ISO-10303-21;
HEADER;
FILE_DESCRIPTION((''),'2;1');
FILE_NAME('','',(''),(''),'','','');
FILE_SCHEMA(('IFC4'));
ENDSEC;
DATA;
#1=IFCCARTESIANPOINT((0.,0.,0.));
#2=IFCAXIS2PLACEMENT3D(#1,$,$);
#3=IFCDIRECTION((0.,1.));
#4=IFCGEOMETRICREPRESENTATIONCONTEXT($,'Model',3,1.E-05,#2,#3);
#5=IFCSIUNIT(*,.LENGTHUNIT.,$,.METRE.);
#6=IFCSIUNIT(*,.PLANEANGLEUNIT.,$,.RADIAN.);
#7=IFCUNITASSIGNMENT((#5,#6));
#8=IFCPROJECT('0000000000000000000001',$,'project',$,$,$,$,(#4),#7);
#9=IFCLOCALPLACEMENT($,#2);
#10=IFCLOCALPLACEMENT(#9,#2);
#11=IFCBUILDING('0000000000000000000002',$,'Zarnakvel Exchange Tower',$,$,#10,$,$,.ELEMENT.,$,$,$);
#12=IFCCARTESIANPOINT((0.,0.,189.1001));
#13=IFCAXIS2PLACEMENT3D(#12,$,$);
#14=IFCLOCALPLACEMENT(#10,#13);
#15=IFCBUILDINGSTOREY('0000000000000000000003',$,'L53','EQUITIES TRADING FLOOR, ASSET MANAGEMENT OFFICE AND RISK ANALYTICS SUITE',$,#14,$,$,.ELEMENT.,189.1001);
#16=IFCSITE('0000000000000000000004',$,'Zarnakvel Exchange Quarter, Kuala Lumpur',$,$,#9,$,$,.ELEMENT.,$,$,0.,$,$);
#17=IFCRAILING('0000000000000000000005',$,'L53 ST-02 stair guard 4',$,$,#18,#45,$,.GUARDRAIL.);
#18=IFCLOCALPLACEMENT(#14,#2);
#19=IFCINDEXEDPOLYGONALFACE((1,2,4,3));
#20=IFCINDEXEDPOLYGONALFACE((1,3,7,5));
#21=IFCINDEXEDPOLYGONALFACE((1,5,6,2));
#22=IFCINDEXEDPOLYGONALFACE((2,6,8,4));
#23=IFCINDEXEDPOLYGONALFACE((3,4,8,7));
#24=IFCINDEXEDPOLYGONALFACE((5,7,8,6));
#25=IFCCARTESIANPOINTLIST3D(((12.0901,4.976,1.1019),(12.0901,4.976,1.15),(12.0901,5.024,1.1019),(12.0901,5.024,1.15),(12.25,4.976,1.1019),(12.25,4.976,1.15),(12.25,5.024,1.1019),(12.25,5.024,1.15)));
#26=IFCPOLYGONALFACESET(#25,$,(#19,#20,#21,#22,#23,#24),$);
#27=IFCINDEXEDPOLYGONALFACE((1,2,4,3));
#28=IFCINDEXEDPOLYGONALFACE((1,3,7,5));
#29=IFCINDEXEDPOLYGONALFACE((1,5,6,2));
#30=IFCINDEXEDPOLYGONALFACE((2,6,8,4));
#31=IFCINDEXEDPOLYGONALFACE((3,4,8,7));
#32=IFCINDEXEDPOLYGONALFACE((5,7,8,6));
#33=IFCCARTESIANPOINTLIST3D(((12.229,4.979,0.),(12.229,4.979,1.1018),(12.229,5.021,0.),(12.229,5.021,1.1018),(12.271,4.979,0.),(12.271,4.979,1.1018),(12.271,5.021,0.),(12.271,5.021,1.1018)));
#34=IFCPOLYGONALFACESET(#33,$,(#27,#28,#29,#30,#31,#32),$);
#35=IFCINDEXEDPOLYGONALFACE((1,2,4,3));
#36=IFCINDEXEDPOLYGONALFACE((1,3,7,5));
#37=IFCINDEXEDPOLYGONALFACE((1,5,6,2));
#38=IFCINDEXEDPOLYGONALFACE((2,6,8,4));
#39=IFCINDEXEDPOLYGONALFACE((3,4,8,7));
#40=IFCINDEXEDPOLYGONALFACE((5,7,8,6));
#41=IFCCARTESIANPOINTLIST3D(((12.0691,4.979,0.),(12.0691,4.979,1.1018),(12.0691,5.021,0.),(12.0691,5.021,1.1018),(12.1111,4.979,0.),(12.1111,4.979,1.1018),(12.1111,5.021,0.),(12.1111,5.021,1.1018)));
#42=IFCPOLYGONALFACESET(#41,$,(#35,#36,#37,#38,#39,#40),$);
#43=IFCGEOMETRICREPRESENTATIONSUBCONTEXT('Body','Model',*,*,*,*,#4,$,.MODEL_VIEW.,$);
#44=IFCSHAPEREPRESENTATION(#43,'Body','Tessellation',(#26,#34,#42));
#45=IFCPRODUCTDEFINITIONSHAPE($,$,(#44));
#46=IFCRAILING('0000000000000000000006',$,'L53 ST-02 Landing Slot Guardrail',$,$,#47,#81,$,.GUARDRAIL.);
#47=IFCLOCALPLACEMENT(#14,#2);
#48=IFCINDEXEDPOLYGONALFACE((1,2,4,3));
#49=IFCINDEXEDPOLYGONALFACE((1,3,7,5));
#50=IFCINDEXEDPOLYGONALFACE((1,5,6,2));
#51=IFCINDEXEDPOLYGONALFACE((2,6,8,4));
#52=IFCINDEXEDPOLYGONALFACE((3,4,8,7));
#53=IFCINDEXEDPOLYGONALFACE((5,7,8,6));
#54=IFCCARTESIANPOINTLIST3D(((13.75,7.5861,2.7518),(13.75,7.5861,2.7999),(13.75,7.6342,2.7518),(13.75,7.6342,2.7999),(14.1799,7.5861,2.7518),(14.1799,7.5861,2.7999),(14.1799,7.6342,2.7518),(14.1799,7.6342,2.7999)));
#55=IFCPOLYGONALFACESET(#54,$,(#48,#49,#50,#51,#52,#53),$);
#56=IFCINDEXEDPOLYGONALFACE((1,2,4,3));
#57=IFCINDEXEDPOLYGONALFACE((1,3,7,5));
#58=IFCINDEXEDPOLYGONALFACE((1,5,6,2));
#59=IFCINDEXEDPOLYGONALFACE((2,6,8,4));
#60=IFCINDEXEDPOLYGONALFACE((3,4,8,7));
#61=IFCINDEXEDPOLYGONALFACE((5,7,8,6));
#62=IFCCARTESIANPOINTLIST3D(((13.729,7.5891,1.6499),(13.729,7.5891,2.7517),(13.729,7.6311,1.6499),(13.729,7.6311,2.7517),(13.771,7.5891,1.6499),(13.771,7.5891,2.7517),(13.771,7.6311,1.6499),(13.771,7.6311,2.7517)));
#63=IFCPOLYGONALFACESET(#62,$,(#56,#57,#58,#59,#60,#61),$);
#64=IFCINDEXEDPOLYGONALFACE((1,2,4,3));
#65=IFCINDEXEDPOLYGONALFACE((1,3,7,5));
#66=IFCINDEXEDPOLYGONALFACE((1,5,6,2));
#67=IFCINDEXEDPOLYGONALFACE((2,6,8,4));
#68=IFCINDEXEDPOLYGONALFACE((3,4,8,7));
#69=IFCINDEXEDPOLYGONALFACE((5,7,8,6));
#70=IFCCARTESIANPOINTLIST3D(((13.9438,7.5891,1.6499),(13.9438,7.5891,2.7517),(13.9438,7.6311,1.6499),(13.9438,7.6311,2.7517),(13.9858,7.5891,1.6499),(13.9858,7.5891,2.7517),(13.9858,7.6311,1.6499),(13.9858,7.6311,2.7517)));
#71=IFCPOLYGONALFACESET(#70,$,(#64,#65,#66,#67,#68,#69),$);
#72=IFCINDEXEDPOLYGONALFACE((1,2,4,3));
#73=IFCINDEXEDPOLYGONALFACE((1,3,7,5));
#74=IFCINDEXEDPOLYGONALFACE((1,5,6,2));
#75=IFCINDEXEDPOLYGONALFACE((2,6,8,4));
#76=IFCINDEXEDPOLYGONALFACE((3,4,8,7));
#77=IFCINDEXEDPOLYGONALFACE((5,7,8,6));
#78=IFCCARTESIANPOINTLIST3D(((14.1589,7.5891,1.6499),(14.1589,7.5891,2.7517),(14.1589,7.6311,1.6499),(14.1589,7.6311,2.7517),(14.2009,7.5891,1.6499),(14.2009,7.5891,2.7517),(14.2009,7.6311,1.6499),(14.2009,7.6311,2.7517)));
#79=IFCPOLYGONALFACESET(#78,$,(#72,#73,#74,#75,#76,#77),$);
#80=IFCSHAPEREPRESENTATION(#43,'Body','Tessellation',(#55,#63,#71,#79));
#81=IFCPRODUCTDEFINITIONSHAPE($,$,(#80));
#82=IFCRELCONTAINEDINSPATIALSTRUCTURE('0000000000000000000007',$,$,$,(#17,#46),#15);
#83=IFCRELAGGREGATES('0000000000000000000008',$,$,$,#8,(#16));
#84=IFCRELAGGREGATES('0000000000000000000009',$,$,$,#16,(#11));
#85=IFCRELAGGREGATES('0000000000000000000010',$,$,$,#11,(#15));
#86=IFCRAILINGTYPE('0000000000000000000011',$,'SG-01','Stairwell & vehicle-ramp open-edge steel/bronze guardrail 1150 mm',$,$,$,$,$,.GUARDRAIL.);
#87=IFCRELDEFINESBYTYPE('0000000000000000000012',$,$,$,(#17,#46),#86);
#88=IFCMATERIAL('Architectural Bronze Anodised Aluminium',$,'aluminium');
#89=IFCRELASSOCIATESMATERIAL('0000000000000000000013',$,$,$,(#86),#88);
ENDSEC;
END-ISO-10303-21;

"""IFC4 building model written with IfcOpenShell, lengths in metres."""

from ifc_helpers import new_model, si_unit, direction, frame, origin, origin_2d, place, context, subcontext, project, spatial, rectangle, extrude, material, type_object, element, save


model = new_model("IFC4")

# Units and contexts
model_context = context("Model", 3, precision=1e-05, world=origin(), true_north=direction((0.0, 1.0)))
body_context = subcontext(model_context, "Body", "Model", "MODEL_VIEW")
ifc_project = project(units=[si_unit("LENGTHUNIT", "METRE"), si_unit("PLANEANGLEUNIT", "RADIAN")], contexts=[model_context])

# Site, building, storey
site_placement = place(None, origin())
site = spatial("IfcSite", under=ifc_project, at=site_placement, Name="Zarnakvel Exchange Quarter, Kuala Lumpur", CompositionType="ELEMENT", RefElevation=0.0)
building_placement = place(site_placement, origin())
building = spatial("IfcBuilding", under=site, at=building_placement, Name="Zarnakvel Exchange Tower", CompositionType="ELEMENT")
storey_placement = place(building_placement, frame((0.0, 0.0, 189.1001)))
storey = spatial("IfcBuildingStorey", under=building, at=storey_placement, Name="L53", Description="EQUITIES TRADING FLOOR, ASSET MANAGEMENT OFFICE AND RISK ANALYTICS SUITE", CompositionType="ELEMENT", Elevation=189.1001)

# Shared definitions
ifc_material_1 = material(Name="Architectural Bronze Anodised Aluminium", Category="aluminium")

# Railings
railing_type_1 = type_object("IfcRailingType", Name="SG-01", Description="Stairwell & vehicle-ramp open-edge steel/bronze guardrail 1150 mm", PredefinedType="GUARDRAIL", material=ifc_material_1)
railing_1_placement = place(storey_placement, frame((12.25, 5.0, 0.0)))
element("IfcRailing", 1, at=railing_1_placement, inside=storey, type_object=railing_type_1, Name="L53 ST-02 stair guard 4", PredefinedType="GUARDRAIL", context=body_context, shape_type="SweptSolid", body=[
    extrude(rectangle(XDim=0.0481, YDim=0.0481, at=origin_2d()), frame((0.0, 0.0, 1.126), z_axis=(-1.0, 0.0, 0.0), x_axis=(0.0, -1.0, 0.0)), (0.0, 0.0, 1.0), 0.1599),
    extrude(rectangle(XDim=0.042, YDim=0.042, at=origin_2d()), origin(), (0.0, 0.0, 1.0), 1.1018),
    extrude(rectangle(XDim=0.042, YDim=0.042, at=origin_2d()), frame((-0.1599, 0.0, 0.0)), (0.0, 0.0, 1.0), 1.1018),
])
railing_2_placement = place(storey_placement, frame((13.75, 7.6101, 1.6499)))
element("IfcRailing", 2, at=railing_2_placement, inside=storey, type_object=railing_type_1, Name="L53 ST-02 Landing Slot Guardrail", PredefinedType="GUARDRAIL", context=body_context, shape_type="SweptSolid", body=[
    extrude(rectangle(XDim=0.0481, YDim=0.0481, at=origin_2d()), frame((0.0, 0.0, 1.126), z_axis=(1.0, 0.0, 0.0), x_axis=(0.0, 1.0, 0.0)), (0.0, 0.0, 1.0), 0.4299),
    extrude(rectangle(XDim=0.042, YDim=0.042, at=origin_2d()), origin(), (0.0, 0.0, 1.0), 1.1018),
    extrude(rectangle(XDim=0.042, YDim=0.042, at=origin_2d()), frame((0.2148, 0.0, 0.0)), (0.0, 0.0, 1.0), 1.1018),
    extrude(rectangle(XDim=0.042, YDim=0.042, at=origin_2d()), frame((0.4299, 0.0, 0.0)), (0.0, 0.0, 1.0), 1.1018),
])

save(model, "model.ifc")
